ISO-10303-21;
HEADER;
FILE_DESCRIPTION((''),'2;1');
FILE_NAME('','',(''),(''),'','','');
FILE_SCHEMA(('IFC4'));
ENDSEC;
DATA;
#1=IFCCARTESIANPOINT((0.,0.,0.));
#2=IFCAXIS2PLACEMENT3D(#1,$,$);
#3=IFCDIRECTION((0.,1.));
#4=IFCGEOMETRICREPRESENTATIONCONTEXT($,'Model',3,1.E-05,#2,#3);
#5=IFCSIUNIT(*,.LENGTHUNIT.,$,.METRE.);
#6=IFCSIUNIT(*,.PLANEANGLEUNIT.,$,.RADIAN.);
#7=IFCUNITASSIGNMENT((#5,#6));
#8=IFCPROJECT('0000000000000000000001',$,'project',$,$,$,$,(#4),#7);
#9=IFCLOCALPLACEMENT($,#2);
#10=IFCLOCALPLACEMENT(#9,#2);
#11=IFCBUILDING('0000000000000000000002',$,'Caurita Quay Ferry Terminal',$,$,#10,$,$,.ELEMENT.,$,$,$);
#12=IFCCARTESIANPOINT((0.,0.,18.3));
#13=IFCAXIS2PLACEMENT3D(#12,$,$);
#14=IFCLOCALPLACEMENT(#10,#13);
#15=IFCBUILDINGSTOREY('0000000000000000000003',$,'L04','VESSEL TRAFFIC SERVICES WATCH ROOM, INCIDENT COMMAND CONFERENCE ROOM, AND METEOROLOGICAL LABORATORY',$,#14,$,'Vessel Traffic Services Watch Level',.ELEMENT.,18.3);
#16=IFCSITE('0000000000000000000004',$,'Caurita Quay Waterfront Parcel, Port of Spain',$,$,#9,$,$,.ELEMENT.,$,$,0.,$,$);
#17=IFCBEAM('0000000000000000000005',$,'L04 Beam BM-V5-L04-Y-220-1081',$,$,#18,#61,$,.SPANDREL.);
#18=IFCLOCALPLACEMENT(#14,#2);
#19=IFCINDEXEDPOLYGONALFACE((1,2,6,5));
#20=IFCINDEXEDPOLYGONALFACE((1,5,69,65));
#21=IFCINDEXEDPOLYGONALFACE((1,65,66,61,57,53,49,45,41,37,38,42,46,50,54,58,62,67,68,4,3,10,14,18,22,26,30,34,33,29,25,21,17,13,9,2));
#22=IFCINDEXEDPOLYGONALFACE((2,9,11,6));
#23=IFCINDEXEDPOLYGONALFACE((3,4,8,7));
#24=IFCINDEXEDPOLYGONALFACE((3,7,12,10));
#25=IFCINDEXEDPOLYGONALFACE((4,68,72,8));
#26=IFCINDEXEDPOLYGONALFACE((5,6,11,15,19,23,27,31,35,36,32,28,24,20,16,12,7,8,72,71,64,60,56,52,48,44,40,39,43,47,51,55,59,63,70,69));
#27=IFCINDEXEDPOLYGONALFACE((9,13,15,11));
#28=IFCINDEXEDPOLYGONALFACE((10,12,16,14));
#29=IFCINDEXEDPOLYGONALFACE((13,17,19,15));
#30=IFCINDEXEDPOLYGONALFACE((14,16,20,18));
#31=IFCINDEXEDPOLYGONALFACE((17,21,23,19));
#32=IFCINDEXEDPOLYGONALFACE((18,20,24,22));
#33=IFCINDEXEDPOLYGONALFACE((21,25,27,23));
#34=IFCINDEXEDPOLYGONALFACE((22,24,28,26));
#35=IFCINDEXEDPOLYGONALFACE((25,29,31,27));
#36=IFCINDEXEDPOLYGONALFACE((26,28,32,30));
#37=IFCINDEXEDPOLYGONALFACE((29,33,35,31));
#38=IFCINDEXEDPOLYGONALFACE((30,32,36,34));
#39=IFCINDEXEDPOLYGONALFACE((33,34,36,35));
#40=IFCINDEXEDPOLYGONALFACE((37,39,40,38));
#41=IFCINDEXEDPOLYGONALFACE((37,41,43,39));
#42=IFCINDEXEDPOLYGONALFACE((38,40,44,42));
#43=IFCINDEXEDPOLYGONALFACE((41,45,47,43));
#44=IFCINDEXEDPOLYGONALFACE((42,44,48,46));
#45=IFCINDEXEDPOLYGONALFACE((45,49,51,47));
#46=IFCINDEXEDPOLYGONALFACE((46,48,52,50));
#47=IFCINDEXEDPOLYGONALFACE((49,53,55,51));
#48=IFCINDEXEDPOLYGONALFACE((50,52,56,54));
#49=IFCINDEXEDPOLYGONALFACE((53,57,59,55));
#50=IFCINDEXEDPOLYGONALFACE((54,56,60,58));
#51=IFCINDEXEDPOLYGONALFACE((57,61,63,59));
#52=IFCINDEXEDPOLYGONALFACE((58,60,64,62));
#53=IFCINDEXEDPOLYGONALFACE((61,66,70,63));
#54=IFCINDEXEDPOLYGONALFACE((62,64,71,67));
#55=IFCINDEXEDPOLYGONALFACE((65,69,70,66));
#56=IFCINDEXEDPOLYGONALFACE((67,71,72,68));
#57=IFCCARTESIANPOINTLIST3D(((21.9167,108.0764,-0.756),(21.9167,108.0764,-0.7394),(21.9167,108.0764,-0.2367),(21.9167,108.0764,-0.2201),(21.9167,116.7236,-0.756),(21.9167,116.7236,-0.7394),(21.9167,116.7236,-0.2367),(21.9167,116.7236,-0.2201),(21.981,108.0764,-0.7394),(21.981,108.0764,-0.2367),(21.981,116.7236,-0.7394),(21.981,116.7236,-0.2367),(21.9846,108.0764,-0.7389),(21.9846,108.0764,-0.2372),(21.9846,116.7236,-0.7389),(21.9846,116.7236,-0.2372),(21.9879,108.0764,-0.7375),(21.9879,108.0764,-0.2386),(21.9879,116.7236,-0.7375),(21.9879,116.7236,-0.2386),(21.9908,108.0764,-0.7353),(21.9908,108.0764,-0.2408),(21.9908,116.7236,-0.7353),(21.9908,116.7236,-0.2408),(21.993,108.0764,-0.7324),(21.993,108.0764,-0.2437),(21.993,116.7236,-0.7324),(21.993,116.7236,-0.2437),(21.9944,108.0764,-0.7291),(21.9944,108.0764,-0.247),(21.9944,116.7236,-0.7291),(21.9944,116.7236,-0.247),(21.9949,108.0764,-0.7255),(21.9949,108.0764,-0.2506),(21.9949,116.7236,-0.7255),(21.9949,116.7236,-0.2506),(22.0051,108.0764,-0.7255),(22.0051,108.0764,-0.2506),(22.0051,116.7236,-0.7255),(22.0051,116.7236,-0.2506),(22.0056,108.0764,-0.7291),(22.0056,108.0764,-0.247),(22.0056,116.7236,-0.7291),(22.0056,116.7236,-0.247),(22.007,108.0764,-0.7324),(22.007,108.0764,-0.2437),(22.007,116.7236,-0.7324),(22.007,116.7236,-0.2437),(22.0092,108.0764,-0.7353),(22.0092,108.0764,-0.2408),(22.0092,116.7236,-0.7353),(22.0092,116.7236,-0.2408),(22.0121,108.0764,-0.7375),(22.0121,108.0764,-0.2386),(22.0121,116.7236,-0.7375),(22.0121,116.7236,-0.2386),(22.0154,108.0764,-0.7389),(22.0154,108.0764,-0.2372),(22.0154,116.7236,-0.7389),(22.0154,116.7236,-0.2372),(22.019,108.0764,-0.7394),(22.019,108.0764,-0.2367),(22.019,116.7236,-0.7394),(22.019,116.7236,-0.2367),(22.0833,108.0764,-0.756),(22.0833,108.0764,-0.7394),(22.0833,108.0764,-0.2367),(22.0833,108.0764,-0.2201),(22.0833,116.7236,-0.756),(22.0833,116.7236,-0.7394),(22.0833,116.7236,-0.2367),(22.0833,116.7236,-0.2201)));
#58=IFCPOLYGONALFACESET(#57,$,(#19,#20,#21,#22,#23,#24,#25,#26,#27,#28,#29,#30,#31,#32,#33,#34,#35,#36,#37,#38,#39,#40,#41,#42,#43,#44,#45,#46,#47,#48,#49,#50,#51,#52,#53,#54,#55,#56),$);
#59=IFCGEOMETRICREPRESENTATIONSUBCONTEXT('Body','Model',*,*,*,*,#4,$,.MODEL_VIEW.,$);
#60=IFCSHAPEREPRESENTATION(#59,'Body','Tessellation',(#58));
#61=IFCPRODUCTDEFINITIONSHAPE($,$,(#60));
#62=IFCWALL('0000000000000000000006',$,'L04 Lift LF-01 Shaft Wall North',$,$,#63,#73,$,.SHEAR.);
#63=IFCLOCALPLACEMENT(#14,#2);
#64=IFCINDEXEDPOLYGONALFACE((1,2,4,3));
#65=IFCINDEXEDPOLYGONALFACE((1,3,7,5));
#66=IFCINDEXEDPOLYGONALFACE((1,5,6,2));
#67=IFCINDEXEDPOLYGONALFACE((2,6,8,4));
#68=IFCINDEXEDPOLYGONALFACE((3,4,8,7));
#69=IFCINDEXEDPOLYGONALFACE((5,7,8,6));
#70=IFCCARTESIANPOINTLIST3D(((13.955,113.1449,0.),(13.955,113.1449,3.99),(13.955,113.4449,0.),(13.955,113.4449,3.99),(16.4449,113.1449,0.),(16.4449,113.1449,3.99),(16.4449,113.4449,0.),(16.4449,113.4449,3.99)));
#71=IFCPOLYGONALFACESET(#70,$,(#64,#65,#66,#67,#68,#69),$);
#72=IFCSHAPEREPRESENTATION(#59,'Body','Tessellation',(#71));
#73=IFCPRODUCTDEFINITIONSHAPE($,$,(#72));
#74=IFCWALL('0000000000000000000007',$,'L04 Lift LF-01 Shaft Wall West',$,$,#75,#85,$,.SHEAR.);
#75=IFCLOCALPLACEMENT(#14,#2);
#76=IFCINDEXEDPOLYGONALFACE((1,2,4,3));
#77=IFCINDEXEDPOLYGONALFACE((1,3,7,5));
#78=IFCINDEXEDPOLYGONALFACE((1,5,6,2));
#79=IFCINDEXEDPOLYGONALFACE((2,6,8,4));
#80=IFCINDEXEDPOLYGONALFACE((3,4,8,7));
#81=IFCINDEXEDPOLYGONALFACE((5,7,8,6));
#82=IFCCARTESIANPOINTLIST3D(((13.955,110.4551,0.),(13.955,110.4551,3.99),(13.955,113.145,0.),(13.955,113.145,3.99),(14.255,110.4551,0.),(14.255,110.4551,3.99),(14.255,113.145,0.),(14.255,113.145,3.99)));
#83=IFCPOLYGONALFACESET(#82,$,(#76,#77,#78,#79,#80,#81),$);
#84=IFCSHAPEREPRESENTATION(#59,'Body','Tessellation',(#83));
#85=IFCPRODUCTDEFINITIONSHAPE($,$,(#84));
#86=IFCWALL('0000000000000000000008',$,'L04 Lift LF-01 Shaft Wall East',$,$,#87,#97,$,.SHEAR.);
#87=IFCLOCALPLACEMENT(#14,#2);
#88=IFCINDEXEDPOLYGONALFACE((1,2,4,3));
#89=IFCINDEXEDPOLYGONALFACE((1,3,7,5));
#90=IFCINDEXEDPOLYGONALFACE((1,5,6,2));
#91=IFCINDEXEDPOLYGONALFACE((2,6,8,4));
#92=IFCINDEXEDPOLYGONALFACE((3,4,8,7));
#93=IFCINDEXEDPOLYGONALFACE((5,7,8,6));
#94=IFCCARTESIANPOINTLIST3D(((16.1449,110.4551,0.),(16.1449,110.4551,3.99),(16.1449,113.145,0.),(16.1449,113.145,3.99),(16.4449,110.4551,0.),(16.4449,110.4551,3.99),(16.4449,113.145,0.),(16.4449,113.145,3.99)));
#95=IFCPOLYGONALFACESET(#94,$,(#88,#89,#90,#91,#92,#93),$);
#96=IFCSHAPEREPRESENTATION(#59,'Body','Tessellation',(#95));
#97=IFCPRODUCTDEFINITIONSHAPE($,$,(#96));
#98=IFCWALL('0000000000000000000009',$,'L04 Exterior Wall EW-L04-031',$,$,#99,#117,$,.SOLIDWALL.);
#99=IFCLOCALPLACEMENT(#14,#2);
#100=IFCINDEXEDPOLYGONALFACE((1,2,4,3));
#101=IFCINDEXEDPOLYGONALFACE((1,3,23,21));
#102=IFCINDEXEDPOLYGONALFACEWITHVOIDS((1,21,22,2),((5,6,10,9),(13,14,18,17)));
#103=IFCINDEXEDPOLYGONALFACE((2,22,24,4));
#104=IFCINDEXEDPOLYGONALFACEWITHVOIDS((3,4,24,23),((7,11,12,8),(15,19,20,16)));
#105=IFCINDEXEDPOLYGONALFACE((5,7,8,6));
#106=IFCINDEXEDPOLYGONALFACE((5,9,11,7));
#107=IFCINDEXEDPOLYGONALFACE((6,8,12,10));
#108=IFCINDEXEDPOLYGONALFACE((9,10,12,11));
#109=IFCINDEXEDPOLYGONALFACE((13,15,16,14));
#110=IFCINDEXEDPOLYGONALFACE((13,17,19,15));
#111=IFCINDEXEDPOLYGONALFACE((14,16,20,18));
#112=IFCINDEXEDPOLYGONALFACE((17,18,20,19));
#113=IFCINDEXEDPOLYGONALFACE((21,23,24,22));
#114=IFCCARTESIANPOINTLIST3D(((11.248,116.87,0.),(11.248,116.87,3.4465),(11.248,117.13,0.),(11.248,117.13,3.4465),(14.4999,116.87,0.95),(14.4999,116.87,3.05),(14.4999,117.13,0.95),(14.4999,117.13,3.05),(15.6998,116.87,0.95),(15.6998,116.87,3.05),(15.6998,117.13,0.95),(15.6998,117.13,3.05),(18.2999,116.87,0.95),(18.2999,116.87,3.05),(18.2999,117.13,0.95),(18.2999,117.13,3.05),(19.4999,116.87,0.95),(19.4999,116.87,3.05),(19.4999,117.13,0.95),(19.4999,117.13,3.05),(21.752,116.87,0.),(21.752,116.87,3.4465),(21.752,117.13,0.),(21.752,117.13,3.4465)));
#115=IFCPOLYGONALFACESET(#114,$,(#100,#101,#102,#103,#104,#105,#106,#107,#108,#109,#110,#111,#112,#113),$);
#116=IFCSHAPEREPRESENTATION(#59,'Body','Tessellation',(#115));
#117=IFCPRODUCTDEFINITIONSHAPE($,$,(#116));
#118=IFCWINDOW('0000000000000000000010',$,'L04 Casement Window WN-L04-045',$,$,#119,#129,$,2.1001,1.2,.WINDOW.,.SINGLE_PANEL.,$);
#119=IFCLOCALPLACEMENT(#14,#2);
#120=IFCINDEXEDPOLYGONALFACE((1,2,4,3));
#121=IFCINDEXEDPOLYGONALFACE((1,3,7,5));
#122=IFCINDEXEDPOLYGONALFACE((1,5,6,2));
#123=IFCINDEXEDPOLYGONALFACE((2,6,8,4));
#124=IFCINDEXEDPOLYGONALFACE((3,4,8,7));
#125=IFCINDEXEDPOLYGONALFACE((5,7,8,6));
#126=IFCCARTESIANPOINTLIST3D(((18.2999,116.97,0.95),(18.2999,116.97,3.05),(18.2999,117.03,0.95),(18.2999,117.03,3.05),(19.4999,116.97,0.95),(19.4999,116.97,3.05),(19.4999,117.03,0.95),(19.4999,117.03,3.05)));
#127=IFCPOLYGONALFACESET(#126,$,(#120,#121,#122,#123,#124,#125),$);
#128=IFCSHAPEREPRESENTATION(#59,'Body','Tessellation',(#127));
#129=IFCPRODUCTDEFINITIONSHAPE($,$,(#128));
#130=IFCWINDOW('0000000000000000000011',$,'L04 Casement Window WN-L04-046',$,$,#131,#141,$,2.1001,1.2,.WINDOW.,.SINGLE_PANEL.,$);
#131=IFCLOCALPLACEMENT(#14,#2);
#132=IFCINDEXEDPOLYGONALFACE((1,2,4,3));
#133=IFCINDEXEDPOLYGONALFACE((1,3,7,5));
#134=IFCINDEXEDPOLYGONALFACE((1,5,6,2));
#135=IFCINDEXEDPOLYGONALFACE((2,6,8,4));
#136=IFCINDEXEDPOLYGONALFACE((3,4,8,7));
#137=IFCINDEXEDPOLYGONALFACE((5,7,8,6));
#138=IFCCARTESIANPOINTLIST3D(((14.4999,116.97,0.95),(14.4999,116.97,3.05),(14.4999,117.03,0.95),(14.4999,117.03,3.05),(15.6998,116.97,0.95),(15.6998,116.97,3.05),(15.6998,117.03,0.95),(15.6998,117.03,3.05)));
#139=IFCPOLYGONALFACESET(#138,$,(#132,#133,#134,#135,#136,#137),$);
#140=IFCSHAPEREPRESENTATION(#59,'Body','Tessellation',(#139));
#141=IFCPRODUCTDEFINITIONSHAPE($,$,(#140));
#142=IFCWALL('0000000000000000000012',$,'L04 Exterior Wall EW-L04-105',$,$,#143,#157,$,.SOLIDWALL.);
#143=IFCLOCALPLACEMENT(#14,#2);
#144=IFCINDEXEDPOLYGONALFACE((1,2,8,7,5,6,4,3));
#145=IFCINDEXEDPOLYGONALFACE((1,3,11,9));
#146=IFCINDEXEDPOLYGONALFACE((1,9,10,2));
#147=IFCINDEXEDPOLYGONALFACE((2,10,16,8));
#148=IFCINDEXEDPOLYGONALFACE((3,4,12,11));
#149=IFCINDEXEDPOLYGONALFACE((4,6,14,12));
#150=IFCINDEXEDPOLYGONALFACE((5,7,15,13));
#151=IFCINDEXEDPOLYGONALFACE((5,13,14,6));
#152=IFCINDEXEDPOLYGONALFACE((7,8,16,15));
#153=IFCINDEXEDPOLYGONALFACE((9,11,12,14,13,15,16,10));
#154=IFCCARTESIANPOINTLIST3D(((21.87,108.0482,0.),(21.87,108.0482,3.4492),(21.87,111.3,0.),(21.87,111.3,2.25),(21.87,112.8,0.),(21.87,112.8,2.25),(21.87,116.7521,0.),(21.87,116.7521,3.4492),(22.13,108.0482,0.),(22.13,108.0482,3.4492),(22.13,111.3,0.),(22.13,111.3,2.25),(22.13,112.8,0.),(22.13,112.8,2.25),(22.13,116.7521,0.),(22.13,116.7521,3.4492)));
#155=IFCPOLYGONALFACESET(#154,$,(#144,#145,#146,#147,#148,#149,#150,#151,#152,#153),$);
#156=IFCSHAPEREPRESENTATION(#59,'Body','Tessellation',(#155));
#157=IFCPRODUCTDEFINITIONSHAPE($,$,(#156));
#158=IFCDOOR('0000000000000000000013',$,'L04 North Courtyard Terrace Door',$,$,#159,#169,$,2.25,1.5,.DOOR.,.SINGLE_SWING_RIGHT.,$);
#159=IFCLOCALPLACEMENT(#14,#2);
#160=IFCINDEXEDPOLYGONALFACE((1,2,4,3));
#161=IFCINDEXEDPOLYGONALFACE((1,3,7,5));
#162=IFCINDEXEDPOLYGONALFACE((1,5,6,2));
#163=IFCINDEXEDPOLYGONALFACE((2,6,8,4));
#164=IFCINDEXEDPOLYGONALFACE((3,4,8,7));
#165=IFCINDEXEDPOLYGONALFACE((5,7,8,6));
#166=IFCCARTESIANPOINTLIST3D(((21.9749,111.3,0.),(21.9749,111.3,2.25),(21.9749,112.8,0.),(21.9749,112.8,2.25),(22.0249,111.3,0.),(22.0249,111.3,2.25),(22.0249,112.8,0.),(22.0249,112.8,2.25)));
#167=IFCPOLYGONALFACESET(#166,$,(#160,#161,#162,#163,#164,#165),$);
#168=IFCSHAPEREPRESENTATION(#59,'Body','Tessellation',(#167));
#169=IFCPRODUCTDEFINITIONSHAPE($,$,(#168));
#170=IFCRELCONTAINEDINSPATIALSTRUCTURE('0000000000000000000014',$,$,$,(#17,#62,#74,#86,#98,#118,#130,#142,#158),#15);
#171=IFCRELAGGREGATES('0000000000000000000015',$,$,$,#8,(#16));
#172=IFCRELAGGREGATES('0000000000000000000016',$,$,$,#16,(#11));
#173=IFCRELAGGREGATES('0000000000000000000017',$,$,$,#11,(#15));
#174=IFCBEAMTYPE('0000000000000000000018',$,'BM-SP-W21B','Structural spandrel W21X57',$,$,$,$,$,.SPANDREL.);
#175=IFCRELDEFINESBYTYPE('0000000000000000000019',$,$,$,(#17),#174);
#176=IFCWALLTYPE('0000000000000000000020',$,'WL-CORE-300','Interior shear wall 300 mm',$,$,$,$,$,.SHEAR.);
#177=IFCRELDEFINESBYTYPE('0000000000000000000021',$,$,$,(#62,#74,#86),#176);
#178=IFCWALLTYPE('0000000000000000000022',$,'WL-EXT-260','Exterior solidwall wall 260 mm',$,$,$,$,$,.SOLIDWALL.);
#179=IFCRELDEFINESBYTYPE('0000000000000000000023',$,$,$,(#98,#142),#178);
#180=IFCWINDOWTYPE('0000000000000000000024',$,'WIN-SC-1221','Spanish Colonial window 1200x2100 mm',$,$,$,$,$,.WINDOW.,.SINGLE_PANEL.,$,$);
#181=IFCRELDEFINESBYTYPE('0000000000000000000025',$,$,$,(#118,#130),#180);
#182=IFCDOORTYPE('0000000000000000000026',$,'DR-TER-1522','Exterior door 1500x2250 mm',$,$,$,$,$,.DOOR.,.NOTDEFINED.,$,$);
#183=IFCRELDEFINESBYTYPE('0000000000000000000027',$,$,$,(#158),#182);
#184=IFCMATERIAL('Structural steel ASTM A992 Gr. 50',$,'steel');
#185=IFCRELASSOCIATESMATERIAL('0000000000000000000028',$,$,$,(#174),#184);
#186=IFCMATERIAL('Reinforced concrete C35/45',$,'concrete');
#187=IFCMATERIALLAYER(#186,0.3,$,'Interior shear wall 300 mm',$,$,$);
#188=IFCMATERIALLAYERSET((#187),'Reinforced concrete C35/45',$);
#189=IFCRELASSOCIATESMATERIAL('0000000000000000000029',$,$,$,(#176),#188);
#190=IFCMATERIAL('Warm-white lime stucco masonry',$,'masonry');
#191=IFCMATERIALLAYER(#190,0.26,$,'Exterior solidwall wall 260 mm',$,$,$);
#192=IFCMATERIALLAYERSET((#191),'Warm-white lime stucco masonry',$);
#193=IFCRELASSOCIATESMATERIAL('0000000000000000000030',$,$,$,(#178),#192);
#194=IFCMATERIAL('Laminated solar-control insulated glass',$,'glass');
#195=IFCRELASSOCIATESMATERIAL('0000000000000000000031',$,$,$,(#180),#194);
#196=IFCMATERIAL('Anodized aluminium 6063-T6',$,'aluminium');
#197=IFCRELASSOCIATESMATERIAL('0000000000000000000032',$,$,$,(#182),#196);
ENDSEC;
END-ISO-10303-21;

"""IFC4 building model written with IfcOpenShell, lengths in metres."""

from ifc_helpers import new_model, si_unit, direction, frame, frame_2d, origin, origin_2d, place, context, subcontext, project, spatial, rectangle, i_section, extrude, material, layer, layer_set, material_profile, profile_set, type_object, element, fill, save


model = new_model("IFC4")

# Units and contexts
model_context = context("Model", 3, precision=1e-05, world=origin(), true_north=direction((0.0, 1.0)))
body_context = subcontext(model_context, "Body", "Model", "MODEL_VIEW")
ifc_project = project(units=[si_unit("LENGTHUNIT", "METRE"), si_unit("PLANEANGLEUNIT", "RADIAN")], contexts=[model_context])

# Site, building, storey
site_placement = place(None, origin())
site = spatial("IfcSite", under=ifc_project, at=site_placement, Name="Caurita Quay Waterfront Parcel, Port of Spain", CompositionType="ELEMENT", RefElevation=0.0)
building_placement = place(site_placement, origin())
building = spatial("IfcBuilding", under=site, at=building_placement, Name="Caurita Quay Ferry Terminal", CompositionType="ELEMENT")
storey_placement = place(building_placement, frame((0.0, 0.0, 18.3)))
storey = spatial("IfcBuildingStorey", under=building, at=storey_placement, Name="L04", Description="VESSEL TRAFFIC SERVICES WATCH ROOM, INCIDENT COMMAND CONFERENCE ROOM, AND METEOROLOGICAL LABORATORY", LongName="Vessel Traffic Services Watch Level", CompositionType="ELEMENT", Elevation=18.3)

# Shared definitions
ifc_material_1 = material(Name="Reinforced concrete C35/45", Category="concrete")

# Beam
ifc_material_2 = material(Name="Structural steel ASTM A992 Gr. 50", Category="steel")
ifc_material_profile_1 = material_profile(ifc_material_2, i_section(OverallWidth=0.1665, OverallDepth=0.5359, WebThickness=0.0103, FlangeThickness=0.0166, FilletRadius=0.0139, at=origin_2d()), Name="W21X57")
ifc_profile_set_1 = profile_set([ifc_material_profile_1], Name="Structural steel ASTM A992 Gr. 50")
beam_type_1 = type_object("IfcBeamType", Name="BM-SP-W21B", Description="Structural spandrel W21X57", PredefinedType="SPANDREL", material=ifc_profile_set_1)
beam_placement = place(storey_placement, frame((22.0, 108.0764, -0.488), z_axis=(0.0, 1.0, 0.0), x_axis=(-1.0, 0.0, 0.0)))
element("IfcBeam", 1, at=beam_placement, inside=storey, type_object=beam_type_1, Name="L04 Beam BM-V5-L04-Y-220-1081", PredefinedType="SPANDREL", context=body_context, shape_type="SweptSolid", body=[
    extrude(i_section(OverallWidth=0.1665, OverallDepth=0.5359, WebThickness=0.0103, FlangeThickness=0.0166, FilletRadius=0.0139, at=origin_2d()), origin(), (0.0, 0.0, 1.0), 8.6472),
])

# Walls
ifc_layer_1 = layer(ifc_material_1, 0.3, Name="Interior shear wall 300 mm")
ifc_layer_set_1 = layer_set([ifc_layer_1], Name="Reinforced concrete C35/45")
wall_type_1 = type_object("IfcWallType", Name="WL-CORE-300", Description="Interior shear wall 300 mm", PredefinedType="SHEAR", material=ifc_layer_set_1)
wall_1_placement = place(storey_placement, frame((16.4451, 113.2949, 0.0), z_axis=(0.0, 0.0, 1.0), x_axis=(-1.0, 0.0, 0.0)))
element("IfcWall", 2, at=wall_1_placement, inside=storey, type_object=wall_type_1, Name="L04 Lift LF-01 Shaft Wall North", PredefinedType="SHEAR", context=body_context, shape_type="SweptSolid", body=[
    extrude(rectangle(XDim=2.49, YDim=0.3, at=frame_2d((1.2451, 0.0))), origin(), (0.0, 0.0, 1.0), 3.99),
])
for number, where, z_axis, x_axis, name in (
    (3, (14.105, 113.145, 0.0), (0.0, 0.0, 1.0), (0.0, -1.0, 0.0), "L04 Lift LF-01 Shaft Wall West"),
    (4, (16.2949, 110.4551, 0.0), (0.0, 0.0, 1.0), (0.0, 1.0, 0.0), "L04 Lift LF-01 Shaft Wall East"),
):
    element("IfcWall", number, at=place(storey_placement, frame(where, z_axis=z_axis, x_axis=x_axis)), inside=storey, type_object=wall_type_1, Name=name, PredefinedType="SHEAR", context=body_context, shape_type="SweptSolid", body=[
        extrude(rectangle(XDim=2.6899, YDim=0.3, at=frame_2d((1.345, 0.0))), origin(), (0.0, 0.0, 1.0), 3.99),
    ])

# Wall, openings, windows
ifc_material_3 = material(Name="Warm-white lime stucco masonry", Category="masonry")
ifc_layer_2 = layer(ifc_material_3, 0.26, Name="Exterior solidwall wall 260 mm")
ifc_layer_set_2 = layer_set([ifc_layer_2], Name="Warm-white lime stucco masonry")
wall_type_2 = type_object("IfcWallType", Name="WL-EXT-260", Description="Exterior solidwall wall 260 mm", PredefinedType="SOLIDWALL", material=ifc_layer_set_2)
wall_2_placement = place(storey_placement, frame((21.752, 117.0, 0.0), z_axis=(0.0, 0.0, 1.0), x_axis=(-1.0, 0.0, 0.0)))
wall_2 = element("IfcWall", 5, at=wall_2_placement, inside=storey, type_object=wall_type_2, Name="L04 Exterior Wall EW-L04-031", PredefinedType="SOLIDWALL", context=body_context, shape_type="SweptSolid", body=[
    extrude(rectangle(XDim=10.5039, YDim=0.26, at=frame_2d((5.252, 0.0))), origin(), (0.0, 0.0, 1.0), 3.4465),
])
opening_1_placement = place(wall_2_placement, frame((2.252, 0.0, 0.95)))
opening_1 = element("IfcOpeningElement", 6, at=opening_1_placement, cuts=wall_2, PredefinedType="OPENING", context=body_context, shape_type="SweptSolid", body=[
    extrude(rectangle(XDim=1.2, YDim=2.1001, at=frame_2d((0.6001, 1.05))), frame((0.0, 0.1399, 0.0), z_axis=(0.0, -1.0, 0.0), x_axis=(1.0, 0.0, 0.0)), (0.0, 0.0, 1.0), 0.28),
])
opening_2_placement = place(wall_2_placement, frame((6.052, 0.0, 0.95)))
opening_2 = element("IfcOpeningElement", 7, at=opening_2_placement, cuts=wall_2, PredefinedType="OPENING", context=body_context, shape_type="SweptSolid", body=[
    extrude(rectangle(XDim=1.2, YDim=2.1001, at=frame_2d((0.6001, 1.05))), frame((0.0, 0.1399, 0.0), z_axis=(0.0, -1.0, 0.0), x_axis=(1.0, 0.0, 0.0)), (0.0, 0.0, 1.0), 0.28),
])
ifc_material_4 = material(Name="Laminated solar-control insulated glass", Category="glass")
window_type = type_object("IfcWindowType", Name="WIN-SC-1221", Description="Spanish Colonial window 1200x2100 mm", PartitioningType="SINGLE_PANEL", PredefinedType="WINDOW", material=ifc_material_4)
window_1_placement = place(opening_1_placement, origin())
window_1 = element("IfcWindow", 8, at=window_1_placement, inside=storey, type_object=window_type, Name="L04 Casement Window WN-L04-045", OverallHeight=2.1001, OverallWidth=1.2, PartitioningType="SINGLE_PANEL", PredefinedType="WINDOW", context=body_context, shape_type="SweptSolid", body=[
    extrude(rectangle(XDim=1.2, YDim=2.1001, at=frame_2d((0.6001, 1.05))), frame((0.0, 0.03, 0.0), z_axis=(0.0, -1.0, 0.0), x_axis=(1.0, 0.0, 0.0)), (0.0, 0.0, 1.0), 0.0601),
])
fill(opening_1, window_1)
window_2_placement = place(opening_2_placement, origin())
window_2 = element("IfcWindow", 9, at=window_2_placement, inside=storey, type_object=window_type, Name="L04 Casement Window WN-L04-046", OverallHeight=2.1001, OverallWidth=1.2, PartitioningType="SINGLE_PANEL", PredefinedType="WINDOW", context=body_context, shape_type="SweptSolid", body=[
    extrude(rectangle(XDim=1.2, YDim=2.1001, at=frame_2d((0.6001, 1.05))), frame((0.0, 0.03, 0.0), z_axis=(0.0, -1.0, 0.0), x_axis=(1.0, 0.0, 0.0)), (0.0, 0.0, 1.0), 0.0601),
])
fill(opening_2, window_2)

# Wall, opening, door
wall_3_placement = place(storey_placement, frame((22.0, 108.0481, 0.0), z_axis=(0.0, 0.0, 1.0), x_axis=(0.0, 1.0, 0.0)))
wall_3 = element("IfcWall", 10, at=wall_3_placement, inside=storey, type_object=wall_type_2, Name="L04 Exterior Wall EW-L04-105", PredefinedType="SOLIDWALL", context=body_context, shape_type="SweptSolid", body=[
    extrude(rectangle(XDim=8.7039, YDim=0.26, at=frame_2d((4.3521, 0.0))), origin(), (0.0, 0.0, 1.0), 3.4492),
])
opening_3_placement = place(wall_3_placement, frame((3.252, 0.0, 0.0)))
opening_3 = element("IfcOpeningElement", 11, at=opening_3_placement, cuts=wall_3, PredefinedType="OPENING", context=body_context, shape_type="SweptSolid", body=[
    extrude(rectangle(XDim=1.5, YDim=2.25, at=frame_2d((0.75, 1.125))), frame((0.0, 0.1399, 0.0), z_axis=(0.0, -1.0, 0.0), x_axis=(1.0, 0.0, 0.0)), (0.0, 0.0, 1.0), 0.28),
])
ifc_material_5 = material(Name="Anodized aluminium 6063-T6", Category="aluminium")
door_type_1 = type_object("IfcDoorType", Name="DR-TER-1522", Description="Exterior door 1500x2250 mm", OperationType="NOTDEFINED", PredefinedType="DOOR", material=ifc_material_5)
door_1_placement = place(opening_3_placement, frame((1.5, 0.0, 0.0), z_axis=(0.0, 0.0, 1.0), x_axis=(-1.0, 0.0, 0.0)))
door_1 = element("IfcDoor", 12, at=door_1_placement, inside=storey, type_object=door_type_1, Name="L04 North Courtyard Terrace Door", OperationType="SINGLE_SWING_RIGHT", OverallHeight=2.25, OverallWidth=1.5, PredefinedType="DOOR", context=body_context, shape_type="SweptSolid", body=[
    extrude(rectangle(XDim=1.5, YDim=2.25, at=frame_2d((0.75, 1.125))), frame((0.0, 0.0249, 0.0), z_axis=(0.0, -1.0, 0.0), x_axis=(1.0, 0.0, 0.0)), (0.0, 0.0, 1.0), 0.05),
])
fill(opening_3, door_1)

save(model, "model.ifc")
